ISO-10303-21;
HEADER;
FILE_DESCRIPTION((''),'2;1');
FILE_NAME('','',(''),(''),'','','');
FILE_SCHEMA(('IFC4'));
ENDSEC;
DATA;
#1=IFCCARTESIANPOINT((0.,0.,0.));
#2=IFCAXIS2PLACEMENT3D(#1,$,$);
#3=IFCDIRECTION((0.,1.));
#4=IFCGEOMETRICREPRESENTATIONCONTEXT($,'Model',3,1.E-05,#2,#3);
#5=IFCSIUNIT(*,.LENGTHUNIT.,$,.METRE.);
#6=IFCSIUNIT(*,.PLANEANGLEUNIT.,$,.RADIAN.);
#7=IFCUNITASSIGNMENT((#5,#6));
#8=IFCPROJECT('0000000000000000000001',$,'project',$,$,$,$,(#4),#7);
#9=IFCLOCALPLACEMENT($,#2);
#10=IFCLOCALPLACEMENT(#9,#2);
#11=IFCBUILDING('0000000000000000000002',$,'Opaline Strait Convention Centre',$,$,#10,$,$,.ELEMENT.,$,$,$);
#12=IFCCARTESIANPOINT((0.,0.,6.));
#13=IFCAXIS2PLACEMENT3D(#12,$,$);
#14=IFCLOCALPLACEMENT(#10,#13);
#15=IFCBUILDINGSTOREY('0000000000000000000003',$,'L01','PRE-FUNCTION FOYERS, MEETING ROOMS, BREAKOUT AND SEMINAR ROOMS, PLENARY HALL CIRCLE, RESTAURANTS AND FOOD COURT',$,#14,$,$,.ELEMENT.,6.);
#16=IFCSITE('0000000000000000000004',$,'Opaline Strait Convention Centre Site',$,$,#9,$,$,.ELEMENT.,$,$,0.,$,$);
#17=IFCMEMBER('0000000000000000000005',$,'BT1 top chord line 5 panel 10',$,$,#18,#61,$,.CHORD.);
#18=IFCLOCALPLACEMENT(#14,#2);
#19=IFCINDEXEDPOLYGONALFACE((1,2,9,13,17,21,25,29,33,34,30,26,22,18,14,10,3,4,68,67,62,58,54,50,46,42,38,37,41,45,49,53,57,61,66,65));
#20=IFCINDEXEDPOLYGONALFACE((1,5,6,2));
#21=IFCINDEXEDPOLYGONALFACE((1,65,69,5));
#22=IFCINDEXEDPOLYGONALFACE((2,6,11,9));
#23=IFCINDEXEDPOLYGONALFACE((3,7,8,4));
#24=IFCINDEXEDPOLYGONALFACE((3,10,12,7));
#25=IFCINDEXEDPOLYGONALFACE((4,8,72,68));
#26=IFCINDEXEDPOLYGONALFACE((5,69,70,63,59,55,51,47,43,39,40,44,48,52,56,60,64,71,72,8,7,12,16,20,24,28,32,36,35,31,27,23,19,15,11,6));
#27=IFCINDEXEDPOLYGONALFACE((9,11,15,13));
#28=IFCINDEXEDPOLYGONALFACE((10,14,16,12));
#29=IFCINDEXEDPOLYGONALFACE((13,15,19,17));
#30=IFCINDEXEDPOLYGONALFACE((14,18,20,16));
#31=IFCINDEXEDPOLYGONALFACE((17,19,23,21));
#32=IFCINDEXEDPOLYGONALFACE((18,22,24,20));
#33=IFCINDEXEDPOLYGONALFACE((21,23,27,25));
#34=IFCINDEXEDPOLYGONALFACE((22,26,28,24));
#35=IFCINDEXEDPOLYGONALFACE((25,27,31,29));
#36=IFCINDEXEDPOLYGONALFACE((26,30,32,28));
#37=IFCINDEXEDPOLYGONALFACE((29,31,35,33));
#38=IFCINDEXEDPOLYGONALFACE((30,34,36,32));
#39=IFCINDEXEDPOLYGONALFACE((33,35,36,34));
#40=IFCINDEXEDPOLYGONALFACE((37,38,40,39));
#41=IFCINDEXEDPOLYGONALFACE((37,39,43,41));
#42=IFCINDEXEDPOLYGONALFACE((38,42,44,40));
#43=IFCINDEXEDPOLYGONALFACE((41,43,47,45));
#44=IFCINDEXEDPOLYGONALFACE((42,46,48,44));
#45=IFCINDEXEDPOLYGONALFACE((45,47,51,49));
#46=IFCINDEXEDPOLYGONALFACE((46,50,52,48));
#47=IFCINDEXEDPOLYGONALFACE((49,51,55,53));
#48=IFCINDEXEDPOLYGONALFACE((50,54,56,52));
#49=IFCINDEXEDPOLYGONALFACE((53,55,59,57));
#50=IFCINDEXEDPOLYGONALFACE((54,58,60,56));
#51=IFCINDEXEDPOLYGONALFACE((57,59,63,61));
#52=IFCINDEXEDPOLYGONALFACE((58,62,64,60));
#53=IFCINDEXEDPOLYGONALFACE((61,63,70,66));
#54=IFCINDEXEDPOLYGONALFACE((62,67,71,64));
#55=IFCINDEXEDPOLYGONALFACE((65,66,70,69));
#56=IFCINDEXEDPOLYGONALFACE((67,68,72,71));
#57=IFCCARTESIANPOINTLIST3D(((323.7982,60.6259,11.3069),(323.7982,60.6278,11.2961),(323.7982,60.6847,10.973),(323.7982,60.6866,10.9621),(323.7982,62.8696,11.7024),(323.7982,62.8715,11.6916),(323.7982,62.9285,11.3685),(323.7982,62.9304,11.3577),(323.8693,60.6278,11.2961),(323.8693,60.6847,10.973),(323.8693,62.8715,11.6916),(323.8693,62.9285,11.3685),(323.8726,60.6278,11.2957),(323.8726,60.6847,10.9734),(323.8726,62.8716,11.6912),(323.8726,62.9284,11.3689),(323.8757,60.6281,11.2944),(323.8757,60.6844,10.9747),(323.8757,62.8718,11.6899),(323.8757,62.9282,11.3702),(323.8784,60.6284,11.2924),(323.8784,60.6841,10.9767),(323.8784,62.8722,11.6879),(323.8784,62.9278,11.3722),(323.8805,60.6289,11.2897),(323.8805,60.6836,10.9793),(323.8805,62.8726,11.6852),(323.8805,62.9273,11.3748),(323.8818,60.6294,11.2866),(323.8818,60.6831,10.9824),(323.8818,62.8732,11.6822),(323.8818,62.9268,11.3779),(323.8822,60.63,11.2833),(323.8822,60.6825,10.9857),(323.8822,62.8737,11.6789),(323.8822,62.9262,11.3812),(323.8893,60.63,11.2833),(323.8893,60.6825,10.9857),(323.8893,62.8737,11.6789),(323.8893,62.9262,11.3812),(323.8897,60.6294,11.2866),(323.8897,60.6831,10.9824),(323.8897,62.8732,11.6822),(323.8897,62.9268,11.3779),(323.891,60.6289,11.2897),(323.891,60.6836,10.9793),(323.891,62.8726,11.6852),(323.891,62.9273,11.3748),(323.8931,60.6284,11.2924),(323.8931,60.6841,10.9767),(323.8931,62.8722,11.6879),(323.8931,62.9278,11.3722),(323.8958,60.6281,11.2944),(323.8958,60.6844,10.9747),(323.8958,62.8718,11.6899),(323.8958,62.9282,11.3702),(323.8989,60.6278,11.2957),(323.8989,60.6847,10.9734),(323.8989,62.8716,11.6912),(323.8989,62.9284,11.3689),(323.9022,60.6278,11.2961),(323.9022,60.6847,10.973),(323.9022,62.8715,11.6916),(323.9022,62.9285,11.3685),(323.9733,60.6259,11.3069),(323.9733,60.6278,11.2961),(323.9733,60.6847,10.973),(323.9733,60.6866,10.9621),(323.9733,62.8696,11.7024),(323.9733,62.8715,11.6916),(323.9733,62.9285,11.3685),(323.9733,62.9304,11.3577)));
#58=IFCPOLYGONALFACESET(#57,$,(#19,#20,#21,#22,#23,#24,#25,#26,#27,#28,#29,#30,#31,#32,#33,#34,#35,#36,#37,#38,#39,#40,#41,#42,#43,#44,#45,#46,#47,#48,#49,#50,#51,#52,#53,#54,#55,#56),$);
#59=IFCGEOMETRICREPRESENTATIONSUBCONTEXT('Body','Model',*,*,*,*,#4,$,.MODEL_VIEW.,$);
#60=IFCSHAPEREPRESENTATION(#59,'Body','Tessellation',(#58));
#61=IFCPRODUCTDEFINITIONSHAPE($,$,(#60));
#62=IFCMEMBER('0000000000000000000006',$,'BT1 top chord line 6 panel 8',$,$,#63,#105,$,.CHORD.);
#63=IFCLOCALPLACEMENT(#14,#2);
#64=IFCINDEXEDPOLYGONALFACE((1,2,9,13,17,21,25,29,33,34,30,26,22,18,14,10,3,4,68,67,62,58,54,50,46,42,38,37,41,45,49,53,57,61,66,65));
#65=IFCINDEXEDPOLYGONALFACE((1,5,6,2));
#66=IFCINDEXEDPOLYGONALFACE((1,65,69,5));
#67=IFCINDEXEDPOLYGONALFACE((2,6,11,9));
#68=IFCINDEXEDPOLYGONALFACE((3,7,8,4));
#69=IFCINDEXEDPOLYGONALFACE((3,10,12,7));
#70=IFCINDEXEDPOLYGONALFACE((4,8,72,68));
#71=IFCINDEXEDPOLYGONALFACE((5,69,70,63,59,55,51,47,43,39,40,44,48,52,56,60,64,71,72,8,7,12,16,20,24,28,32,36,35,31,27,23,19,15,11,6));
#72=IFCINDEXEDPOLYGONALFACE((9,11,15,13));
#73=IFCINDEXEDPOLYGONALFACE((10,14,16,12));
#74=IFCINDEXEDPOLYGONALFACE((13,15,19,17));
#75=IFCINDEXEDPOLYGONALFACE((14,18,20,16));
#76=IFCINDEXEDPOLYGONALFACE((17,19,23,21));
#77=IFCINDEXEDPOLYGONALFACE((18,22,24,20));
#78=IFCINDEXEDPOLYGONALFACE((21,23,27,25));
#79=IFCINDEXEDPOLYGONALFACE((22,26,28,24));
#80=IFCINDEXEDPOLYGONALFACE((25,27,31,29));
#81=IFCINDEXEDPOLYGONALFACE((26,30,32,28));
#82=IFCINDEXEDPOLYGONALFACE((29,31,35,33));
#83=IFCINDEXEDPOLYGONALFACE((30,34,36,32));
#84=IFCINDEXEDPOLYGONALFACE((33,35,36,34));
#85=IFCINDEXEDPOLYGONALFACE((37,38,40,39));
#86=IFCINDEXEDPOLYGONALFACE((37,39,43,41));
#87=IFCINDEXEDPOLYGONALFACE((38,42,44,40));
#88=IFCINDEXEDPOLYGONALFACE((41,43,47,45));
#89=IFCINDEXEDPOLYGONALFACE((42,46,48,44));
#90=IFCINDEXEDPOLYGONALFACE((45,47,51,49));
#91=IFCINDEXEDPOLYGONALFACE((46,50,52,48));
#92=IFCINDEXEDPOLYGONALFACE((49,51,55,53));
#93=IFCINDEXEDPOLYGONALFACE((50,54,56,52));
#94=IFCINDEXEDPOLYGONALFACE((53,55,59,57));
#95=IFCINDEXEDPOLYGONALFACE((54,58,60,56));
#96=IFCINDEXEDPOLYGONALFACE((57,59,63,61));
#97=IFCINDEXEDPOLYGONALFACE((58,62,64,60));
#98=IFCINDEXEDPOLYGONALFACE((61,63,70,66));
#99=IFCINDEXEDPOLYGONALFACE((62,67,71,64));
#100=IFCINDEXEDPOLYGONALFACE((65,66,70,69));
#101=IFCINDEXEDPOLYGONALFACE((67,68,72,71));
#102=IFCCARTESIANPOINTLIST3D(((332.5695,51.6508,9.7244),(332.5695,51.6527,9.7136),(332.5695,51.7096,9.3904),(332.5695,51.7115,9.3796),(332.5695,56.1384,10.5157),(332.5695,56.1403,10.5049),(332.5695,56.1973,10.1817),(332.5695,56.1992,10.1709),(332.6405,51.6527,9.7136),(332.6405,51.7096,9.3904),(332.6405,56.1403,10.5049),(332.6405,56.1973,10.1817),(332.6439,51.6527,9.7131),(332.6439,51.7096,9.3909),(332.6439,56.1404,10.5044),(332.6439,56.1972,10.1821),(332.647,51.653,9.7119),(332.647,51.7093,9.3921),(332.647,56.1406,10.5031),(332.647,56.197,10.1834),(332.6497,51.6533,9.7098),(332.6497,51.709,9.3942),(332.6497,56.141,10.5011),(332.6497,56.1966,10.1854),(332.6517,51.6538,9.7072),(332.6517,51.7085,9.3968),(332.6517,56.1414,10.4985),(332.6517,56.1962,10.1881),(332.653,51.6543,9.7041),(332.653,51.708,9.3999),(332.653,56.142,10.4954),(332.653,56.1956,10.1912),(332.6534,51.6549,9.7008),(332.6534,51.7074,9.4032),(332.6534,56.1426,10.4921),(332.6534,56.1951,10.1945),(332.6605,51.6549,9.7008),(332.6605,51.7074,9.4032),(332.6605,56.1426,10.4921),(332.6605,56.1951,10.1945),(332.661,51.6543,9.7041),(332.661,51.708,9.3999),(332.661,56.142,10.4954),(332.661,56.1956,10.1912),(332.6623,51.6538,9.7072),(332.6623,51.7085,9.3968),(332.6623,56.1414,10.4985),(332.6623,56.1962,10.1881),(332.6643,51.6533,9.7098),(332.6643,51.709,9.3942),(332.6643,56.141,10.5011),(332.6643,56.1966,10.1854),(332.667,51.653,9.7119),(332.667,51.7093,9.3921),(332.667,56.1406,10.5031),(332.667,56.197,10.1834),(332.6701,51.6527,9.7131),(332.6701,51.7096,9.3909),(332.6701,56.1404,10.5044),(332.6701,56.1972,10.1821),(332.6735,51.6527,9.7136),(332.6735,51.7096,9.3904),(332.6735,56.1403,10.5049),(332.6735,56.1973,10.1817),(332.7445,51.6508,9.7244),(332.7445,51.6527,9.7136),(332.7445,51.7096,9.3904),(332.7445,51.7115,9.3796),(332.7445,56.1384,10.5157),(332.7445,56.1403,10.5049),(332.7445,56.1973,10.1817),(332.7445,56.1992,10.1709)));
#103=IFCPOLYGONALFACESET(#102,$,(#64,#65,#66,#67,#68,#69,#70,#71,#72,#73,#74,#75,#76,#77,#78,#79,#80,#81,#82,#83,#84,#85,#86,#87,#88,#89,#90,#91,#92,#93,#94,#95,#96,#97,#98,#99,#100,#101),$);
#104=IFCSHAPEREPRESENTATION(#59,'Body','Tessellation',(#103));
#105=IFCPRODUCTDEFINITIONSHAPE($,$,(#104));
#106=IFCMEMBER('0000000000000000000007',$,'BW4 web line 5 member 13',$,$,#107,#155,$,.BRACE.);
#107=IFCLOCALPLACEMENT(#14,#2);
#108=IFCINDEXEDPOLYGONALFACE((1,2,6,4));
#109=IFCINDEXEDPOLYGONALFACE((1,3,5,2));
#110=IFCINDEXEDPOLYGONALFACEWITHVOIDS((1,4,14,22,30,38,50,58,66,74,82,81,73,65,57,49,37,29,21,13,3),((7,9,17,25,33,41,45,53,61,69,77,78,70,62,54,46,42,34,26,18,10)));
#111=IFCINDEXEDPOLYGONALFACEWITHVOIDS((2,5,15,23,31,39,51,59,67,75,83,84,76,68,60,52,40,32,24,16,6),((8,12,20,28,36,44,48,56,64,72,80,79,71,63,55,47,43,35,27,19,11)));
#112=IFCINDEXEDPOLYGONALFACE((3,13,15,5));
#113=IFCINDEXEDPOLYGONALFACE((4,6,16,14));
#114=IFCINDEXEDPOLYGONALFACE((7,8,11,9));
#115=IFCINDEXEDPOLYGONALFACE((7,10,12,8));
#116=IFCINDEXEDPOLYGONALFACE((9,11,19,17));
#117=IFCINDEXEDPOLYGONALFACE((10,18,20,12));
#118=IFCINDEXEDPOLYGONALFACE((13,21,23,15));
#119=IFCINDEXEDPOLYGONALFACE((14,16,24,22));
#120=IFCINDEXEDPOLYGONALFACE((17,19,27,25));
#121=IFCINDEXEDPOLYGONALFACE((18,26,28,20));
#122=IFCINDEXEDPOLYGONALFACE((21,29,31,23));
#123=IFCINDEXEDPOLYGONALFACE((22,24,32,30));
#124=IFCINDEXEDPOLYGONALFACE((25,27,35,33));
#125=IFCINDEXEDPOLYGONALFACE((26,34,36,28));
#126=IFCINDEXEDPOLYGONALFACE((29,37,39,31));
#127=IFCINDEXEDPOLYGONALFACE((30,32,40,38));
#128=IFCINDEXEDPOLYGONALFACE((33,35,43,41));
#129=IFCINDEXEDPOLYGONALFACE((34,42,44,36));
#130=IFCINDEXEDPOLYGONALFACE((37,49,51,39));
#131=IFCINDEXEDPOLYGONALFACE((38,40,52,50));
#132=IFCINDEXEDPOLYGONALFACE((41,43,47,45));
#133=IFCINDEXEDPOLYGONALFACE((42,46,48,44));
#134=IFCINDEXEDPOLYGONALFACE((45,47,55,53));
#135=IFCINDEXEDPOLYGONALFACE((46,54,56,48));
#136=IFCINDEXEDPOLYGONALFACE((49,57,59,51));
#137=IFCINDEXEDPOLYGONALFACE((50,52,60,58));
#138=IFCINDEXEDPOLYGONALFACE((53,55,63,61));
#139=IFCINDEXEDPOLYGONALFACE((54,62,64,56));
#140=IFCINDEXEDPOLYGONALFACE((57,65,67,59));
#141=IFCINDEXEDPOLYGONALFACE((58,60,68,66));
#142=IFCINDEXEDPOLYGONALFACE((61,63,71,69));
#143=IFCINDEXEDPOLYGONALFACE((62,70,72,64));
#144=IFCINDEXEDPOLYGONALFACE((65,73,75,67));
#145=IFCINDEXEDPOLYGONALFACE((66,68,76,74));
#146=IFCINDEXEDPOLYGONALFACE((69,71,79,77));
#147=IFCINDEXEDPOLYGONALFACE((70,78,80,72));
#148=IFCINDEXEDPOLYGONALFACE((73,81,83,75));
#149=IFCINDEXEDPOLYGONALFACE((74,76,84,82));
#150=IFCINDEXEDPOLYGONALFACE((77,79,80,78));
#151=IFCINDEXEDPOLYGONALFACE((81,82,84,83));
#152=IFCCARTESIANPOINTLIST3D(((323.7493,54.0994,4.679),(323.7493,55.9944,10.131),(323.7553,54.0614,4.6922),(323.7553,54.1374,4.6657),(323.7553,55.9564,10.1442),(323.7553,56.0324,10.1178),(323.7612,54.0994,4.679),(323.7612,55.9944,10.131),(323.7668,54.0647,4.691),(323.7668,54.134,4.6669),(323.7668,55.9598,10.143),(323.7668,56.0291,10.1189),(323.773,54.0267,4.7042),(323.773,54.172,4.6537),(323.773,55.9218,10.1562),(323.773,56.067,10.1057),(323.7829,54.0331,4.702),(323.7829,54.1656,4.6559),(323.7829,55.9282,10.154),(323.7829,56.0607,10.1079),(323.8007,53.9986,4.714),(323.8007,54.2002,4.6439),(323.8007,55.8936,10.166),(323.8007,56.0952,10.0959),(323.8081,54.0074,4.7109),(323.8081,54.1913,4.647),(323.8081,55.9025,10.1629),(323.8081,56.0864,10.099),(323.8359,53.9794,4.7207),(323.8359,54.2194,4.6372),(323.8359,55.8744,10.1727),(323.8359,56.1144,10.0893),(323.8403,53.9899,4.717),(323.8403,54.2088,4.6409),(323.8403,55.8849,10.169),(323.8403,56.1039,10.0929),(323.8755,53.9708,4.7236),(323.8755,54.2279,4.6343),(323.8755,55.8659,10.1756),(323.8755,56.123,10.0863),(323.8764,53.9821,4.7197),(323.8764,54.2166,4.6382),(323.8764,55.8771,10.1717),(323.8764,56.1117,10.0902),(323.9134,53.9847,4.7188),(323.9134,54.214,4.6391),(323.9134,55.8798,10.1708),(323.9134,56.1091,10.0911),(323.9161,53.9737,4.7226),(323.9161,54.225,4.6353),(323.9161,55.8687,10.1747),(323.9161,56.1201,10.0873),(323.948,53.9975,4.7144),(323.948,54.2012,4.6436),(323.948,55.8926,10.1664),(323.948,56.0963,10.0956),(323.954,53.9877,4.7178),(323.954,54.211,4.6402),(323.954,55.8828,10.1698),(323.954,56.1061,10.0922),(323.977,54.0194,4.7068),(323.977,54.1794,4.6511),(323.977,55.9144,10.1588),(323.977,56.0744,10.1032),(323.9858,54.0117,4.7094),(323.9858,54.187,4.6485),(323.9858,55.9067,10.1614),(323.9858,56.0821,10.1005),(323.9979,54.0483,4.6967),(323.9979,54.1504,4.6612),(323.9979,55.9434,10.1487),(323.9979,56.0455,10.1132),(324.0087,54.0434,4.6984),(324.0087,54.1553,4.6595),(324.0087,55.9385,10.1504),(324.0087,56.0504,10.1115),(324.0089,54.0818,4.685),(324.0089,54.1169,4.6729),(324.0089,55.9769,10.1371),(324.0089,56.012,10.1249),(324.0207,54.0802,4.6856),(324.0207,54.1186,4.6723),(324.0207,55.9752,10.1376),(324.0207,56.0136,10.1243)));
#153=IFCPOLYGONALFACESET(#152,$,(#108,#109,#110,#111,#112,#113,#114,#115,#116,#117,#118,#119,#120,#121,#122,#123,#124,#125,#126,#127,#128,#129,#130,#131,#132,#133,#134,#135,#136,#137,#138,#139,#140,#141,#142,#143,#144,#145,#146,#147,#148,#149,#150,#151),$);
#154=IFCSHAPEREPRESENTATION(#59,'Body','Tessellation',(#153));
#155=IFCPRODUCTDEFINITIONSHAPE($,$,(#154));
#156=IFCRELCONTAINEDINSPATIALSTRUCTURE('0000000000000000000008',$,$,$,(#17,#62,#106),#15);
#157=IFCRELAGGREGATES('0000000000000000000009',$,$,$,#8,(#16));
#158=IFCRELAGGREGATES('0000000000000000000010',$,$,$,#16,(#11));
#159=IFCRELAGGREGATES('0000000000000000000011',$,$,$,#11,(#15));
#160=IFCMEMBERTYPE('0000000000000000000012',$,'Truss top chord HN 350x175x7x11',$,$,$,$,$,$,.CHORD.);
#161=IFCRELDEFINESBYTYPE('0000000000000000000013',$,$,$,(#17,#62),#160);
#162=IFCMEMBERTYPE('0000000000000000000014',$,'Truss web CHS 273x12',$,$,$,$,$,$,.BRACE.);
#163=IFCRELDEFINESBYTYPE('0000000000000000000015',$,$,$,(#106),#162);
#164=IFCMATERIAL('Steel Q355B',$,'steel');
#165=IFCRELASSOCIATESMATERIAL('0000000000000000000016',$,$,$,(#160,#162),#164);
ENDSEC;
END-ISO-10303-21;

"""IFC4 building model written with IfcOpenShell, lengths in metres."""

from ifc_helpers import new_model, si_unit, direction, frame, origin, origin_2d, place, context, subcontext, project, spatial, hollow_circle, i_section, extrude, material, material_profile, profile_set, type_object, element, save


model = new_model("IFC4")

# Units and contexts
model_context = context("Model", 3, precision=1e-05, world=origin(), true_north=direction((0.0, 1.0)))
body_context = subcontext(model_context, "Body", "Model", "MODEL_VIEW")
ifc_project = project(units=[si_unit("LENGTHUNIT", "METRE"), si_unit("PLANEANGLEUNIT", "RADIAN")], contexts=[model_context])

# Site, building, storey
site_placement = place(None, origin())
site = spatial("IfcSite", under=ifc_project, at=site_placement, Name="Opaline Strait Convention Centre Site", CompositionType="ELEMENT", RefElevation=0.0)
building_placement = place(site_placement, origin())
building = spatial("IfcBuilding", under=site, at=building_placement, Name="Opaline Strait Convention Centre", CompositionType="ELEMENT")
storey_placement = place(building_placement, frame((0.0, 0.0, 6.0)))
storey = spatial("IfcBuildingStorey", under=building, at=storey_placement, Name="L01", Description="PRE-FUNCTION FOYERS, MEETING ROOMS, BREAKOUT AND SEMINAR ROOMS, PLENARY HALL CIRCLE, RESTAURANTS AND FOOD COURT", CompositionType="ELEMENT", Elevation=6.0)

# Members
ifc_material_1 = material(Name="Steel Q355B", Category="steel")
ifc_material_profile_1 = material_profile(ifc_material_1, i_section(OverallWidth=0.175, OverallDepth=0.3501, WebThickness=0.0071, FlangeThickness=0.011, FilletRadius=0.0129, at=origin_2d()), Name="HN 350x175x7x11")
ifc_profile_set_1 = profile_set([ifc_material_profile_1], Name="Steel Q355B")
member_type_1 = type_object("IfcMemberType", Name="Truss top chord HN 350x175x7x11", PredefinedType="CHORD", material=ifc_profile_set_1)
member_1_placement = place(storey_placement, frame((323.8857, 60.6562, 11.1345), z_axis=(0.0, 0.984816, 0.173602), x_axis=(-1.0, 0.0, 0.0)))
element("IfcMember", 1, at=member_1_placement, inside=storey, type_object=member_type_1, Name="BT1 top chord line 5 panel 10", PredefinedType="CHORD", context=body_context, shape_type="SweptSolid", body=[
    extrude(i_section(OverallWidth=0.175, OverallDepth=0.3501, WebThickness=0.0071, FlangeThickness=0.011, FilletRadius=0.0129, at=origin_2d()), origin(), (0.0, 0.0, 1.0), 2.2783),
])
member_2_placement = place(storey_placement, frame((332.657, 51.6812, 9.552), z_axis=(0.0, 0.984808, 0.173645), x_axis=(-1.0, 0.0, 0.0)))
element("IfcMember", 2, at=member_2_placement, inside=storey, type_object=member_type_1, Name="BT1 top chord line 6 panel 8", PredefinedType="CHORD", context=body_context, shape_type="SweptSolid", body=[
    extrude(i_section(OverallWidth=0.175, OverallDepth=0.3501, WebThickness=0.0071, FlangeThickness=0.011, FilletRadius=0.0129, at=origin_2d()), origin(), (0.0, 0.0, 1.0), 4.5569),
])
ifc_material_profile_2 = material_profile(ifc_material_1, hollow_circle(Radius=0.1365, WallThickness=0.012, at=origin_2d()), Name="CHS 273x12")
ifc_profile_set_2 = profile_set([ifc_material_profile_2], Name="Steel Q355B")
member_type_2 = type_object("IfcMemberType", Name="Truss web CHS 273x12", PredefinedType="BRACE", material=ifc_profile_set_2)
member_3_placement = place(storey_placement, frame((323.8857, 54.0994, 4.679), z_axis=(0.0, 0.32832, 0.944566), x_axis=(-1.0, 0.0, 0.0)))
element("IfcMember", 3, at=member_3_placement, inside=storey, type_object=member_type_2, Name="BW4 web line 5 member 13", PredefinedType="BRACE", context=body_context, shape_type="SweptSolid", body=[
    extrude(hollow_circle(Radius=0.1365, WallThickness=0.012, at=origin_2d()), origin(), (0.0, 0.0, 1.0), 5.772),
])

save(model, "model.ifc")
